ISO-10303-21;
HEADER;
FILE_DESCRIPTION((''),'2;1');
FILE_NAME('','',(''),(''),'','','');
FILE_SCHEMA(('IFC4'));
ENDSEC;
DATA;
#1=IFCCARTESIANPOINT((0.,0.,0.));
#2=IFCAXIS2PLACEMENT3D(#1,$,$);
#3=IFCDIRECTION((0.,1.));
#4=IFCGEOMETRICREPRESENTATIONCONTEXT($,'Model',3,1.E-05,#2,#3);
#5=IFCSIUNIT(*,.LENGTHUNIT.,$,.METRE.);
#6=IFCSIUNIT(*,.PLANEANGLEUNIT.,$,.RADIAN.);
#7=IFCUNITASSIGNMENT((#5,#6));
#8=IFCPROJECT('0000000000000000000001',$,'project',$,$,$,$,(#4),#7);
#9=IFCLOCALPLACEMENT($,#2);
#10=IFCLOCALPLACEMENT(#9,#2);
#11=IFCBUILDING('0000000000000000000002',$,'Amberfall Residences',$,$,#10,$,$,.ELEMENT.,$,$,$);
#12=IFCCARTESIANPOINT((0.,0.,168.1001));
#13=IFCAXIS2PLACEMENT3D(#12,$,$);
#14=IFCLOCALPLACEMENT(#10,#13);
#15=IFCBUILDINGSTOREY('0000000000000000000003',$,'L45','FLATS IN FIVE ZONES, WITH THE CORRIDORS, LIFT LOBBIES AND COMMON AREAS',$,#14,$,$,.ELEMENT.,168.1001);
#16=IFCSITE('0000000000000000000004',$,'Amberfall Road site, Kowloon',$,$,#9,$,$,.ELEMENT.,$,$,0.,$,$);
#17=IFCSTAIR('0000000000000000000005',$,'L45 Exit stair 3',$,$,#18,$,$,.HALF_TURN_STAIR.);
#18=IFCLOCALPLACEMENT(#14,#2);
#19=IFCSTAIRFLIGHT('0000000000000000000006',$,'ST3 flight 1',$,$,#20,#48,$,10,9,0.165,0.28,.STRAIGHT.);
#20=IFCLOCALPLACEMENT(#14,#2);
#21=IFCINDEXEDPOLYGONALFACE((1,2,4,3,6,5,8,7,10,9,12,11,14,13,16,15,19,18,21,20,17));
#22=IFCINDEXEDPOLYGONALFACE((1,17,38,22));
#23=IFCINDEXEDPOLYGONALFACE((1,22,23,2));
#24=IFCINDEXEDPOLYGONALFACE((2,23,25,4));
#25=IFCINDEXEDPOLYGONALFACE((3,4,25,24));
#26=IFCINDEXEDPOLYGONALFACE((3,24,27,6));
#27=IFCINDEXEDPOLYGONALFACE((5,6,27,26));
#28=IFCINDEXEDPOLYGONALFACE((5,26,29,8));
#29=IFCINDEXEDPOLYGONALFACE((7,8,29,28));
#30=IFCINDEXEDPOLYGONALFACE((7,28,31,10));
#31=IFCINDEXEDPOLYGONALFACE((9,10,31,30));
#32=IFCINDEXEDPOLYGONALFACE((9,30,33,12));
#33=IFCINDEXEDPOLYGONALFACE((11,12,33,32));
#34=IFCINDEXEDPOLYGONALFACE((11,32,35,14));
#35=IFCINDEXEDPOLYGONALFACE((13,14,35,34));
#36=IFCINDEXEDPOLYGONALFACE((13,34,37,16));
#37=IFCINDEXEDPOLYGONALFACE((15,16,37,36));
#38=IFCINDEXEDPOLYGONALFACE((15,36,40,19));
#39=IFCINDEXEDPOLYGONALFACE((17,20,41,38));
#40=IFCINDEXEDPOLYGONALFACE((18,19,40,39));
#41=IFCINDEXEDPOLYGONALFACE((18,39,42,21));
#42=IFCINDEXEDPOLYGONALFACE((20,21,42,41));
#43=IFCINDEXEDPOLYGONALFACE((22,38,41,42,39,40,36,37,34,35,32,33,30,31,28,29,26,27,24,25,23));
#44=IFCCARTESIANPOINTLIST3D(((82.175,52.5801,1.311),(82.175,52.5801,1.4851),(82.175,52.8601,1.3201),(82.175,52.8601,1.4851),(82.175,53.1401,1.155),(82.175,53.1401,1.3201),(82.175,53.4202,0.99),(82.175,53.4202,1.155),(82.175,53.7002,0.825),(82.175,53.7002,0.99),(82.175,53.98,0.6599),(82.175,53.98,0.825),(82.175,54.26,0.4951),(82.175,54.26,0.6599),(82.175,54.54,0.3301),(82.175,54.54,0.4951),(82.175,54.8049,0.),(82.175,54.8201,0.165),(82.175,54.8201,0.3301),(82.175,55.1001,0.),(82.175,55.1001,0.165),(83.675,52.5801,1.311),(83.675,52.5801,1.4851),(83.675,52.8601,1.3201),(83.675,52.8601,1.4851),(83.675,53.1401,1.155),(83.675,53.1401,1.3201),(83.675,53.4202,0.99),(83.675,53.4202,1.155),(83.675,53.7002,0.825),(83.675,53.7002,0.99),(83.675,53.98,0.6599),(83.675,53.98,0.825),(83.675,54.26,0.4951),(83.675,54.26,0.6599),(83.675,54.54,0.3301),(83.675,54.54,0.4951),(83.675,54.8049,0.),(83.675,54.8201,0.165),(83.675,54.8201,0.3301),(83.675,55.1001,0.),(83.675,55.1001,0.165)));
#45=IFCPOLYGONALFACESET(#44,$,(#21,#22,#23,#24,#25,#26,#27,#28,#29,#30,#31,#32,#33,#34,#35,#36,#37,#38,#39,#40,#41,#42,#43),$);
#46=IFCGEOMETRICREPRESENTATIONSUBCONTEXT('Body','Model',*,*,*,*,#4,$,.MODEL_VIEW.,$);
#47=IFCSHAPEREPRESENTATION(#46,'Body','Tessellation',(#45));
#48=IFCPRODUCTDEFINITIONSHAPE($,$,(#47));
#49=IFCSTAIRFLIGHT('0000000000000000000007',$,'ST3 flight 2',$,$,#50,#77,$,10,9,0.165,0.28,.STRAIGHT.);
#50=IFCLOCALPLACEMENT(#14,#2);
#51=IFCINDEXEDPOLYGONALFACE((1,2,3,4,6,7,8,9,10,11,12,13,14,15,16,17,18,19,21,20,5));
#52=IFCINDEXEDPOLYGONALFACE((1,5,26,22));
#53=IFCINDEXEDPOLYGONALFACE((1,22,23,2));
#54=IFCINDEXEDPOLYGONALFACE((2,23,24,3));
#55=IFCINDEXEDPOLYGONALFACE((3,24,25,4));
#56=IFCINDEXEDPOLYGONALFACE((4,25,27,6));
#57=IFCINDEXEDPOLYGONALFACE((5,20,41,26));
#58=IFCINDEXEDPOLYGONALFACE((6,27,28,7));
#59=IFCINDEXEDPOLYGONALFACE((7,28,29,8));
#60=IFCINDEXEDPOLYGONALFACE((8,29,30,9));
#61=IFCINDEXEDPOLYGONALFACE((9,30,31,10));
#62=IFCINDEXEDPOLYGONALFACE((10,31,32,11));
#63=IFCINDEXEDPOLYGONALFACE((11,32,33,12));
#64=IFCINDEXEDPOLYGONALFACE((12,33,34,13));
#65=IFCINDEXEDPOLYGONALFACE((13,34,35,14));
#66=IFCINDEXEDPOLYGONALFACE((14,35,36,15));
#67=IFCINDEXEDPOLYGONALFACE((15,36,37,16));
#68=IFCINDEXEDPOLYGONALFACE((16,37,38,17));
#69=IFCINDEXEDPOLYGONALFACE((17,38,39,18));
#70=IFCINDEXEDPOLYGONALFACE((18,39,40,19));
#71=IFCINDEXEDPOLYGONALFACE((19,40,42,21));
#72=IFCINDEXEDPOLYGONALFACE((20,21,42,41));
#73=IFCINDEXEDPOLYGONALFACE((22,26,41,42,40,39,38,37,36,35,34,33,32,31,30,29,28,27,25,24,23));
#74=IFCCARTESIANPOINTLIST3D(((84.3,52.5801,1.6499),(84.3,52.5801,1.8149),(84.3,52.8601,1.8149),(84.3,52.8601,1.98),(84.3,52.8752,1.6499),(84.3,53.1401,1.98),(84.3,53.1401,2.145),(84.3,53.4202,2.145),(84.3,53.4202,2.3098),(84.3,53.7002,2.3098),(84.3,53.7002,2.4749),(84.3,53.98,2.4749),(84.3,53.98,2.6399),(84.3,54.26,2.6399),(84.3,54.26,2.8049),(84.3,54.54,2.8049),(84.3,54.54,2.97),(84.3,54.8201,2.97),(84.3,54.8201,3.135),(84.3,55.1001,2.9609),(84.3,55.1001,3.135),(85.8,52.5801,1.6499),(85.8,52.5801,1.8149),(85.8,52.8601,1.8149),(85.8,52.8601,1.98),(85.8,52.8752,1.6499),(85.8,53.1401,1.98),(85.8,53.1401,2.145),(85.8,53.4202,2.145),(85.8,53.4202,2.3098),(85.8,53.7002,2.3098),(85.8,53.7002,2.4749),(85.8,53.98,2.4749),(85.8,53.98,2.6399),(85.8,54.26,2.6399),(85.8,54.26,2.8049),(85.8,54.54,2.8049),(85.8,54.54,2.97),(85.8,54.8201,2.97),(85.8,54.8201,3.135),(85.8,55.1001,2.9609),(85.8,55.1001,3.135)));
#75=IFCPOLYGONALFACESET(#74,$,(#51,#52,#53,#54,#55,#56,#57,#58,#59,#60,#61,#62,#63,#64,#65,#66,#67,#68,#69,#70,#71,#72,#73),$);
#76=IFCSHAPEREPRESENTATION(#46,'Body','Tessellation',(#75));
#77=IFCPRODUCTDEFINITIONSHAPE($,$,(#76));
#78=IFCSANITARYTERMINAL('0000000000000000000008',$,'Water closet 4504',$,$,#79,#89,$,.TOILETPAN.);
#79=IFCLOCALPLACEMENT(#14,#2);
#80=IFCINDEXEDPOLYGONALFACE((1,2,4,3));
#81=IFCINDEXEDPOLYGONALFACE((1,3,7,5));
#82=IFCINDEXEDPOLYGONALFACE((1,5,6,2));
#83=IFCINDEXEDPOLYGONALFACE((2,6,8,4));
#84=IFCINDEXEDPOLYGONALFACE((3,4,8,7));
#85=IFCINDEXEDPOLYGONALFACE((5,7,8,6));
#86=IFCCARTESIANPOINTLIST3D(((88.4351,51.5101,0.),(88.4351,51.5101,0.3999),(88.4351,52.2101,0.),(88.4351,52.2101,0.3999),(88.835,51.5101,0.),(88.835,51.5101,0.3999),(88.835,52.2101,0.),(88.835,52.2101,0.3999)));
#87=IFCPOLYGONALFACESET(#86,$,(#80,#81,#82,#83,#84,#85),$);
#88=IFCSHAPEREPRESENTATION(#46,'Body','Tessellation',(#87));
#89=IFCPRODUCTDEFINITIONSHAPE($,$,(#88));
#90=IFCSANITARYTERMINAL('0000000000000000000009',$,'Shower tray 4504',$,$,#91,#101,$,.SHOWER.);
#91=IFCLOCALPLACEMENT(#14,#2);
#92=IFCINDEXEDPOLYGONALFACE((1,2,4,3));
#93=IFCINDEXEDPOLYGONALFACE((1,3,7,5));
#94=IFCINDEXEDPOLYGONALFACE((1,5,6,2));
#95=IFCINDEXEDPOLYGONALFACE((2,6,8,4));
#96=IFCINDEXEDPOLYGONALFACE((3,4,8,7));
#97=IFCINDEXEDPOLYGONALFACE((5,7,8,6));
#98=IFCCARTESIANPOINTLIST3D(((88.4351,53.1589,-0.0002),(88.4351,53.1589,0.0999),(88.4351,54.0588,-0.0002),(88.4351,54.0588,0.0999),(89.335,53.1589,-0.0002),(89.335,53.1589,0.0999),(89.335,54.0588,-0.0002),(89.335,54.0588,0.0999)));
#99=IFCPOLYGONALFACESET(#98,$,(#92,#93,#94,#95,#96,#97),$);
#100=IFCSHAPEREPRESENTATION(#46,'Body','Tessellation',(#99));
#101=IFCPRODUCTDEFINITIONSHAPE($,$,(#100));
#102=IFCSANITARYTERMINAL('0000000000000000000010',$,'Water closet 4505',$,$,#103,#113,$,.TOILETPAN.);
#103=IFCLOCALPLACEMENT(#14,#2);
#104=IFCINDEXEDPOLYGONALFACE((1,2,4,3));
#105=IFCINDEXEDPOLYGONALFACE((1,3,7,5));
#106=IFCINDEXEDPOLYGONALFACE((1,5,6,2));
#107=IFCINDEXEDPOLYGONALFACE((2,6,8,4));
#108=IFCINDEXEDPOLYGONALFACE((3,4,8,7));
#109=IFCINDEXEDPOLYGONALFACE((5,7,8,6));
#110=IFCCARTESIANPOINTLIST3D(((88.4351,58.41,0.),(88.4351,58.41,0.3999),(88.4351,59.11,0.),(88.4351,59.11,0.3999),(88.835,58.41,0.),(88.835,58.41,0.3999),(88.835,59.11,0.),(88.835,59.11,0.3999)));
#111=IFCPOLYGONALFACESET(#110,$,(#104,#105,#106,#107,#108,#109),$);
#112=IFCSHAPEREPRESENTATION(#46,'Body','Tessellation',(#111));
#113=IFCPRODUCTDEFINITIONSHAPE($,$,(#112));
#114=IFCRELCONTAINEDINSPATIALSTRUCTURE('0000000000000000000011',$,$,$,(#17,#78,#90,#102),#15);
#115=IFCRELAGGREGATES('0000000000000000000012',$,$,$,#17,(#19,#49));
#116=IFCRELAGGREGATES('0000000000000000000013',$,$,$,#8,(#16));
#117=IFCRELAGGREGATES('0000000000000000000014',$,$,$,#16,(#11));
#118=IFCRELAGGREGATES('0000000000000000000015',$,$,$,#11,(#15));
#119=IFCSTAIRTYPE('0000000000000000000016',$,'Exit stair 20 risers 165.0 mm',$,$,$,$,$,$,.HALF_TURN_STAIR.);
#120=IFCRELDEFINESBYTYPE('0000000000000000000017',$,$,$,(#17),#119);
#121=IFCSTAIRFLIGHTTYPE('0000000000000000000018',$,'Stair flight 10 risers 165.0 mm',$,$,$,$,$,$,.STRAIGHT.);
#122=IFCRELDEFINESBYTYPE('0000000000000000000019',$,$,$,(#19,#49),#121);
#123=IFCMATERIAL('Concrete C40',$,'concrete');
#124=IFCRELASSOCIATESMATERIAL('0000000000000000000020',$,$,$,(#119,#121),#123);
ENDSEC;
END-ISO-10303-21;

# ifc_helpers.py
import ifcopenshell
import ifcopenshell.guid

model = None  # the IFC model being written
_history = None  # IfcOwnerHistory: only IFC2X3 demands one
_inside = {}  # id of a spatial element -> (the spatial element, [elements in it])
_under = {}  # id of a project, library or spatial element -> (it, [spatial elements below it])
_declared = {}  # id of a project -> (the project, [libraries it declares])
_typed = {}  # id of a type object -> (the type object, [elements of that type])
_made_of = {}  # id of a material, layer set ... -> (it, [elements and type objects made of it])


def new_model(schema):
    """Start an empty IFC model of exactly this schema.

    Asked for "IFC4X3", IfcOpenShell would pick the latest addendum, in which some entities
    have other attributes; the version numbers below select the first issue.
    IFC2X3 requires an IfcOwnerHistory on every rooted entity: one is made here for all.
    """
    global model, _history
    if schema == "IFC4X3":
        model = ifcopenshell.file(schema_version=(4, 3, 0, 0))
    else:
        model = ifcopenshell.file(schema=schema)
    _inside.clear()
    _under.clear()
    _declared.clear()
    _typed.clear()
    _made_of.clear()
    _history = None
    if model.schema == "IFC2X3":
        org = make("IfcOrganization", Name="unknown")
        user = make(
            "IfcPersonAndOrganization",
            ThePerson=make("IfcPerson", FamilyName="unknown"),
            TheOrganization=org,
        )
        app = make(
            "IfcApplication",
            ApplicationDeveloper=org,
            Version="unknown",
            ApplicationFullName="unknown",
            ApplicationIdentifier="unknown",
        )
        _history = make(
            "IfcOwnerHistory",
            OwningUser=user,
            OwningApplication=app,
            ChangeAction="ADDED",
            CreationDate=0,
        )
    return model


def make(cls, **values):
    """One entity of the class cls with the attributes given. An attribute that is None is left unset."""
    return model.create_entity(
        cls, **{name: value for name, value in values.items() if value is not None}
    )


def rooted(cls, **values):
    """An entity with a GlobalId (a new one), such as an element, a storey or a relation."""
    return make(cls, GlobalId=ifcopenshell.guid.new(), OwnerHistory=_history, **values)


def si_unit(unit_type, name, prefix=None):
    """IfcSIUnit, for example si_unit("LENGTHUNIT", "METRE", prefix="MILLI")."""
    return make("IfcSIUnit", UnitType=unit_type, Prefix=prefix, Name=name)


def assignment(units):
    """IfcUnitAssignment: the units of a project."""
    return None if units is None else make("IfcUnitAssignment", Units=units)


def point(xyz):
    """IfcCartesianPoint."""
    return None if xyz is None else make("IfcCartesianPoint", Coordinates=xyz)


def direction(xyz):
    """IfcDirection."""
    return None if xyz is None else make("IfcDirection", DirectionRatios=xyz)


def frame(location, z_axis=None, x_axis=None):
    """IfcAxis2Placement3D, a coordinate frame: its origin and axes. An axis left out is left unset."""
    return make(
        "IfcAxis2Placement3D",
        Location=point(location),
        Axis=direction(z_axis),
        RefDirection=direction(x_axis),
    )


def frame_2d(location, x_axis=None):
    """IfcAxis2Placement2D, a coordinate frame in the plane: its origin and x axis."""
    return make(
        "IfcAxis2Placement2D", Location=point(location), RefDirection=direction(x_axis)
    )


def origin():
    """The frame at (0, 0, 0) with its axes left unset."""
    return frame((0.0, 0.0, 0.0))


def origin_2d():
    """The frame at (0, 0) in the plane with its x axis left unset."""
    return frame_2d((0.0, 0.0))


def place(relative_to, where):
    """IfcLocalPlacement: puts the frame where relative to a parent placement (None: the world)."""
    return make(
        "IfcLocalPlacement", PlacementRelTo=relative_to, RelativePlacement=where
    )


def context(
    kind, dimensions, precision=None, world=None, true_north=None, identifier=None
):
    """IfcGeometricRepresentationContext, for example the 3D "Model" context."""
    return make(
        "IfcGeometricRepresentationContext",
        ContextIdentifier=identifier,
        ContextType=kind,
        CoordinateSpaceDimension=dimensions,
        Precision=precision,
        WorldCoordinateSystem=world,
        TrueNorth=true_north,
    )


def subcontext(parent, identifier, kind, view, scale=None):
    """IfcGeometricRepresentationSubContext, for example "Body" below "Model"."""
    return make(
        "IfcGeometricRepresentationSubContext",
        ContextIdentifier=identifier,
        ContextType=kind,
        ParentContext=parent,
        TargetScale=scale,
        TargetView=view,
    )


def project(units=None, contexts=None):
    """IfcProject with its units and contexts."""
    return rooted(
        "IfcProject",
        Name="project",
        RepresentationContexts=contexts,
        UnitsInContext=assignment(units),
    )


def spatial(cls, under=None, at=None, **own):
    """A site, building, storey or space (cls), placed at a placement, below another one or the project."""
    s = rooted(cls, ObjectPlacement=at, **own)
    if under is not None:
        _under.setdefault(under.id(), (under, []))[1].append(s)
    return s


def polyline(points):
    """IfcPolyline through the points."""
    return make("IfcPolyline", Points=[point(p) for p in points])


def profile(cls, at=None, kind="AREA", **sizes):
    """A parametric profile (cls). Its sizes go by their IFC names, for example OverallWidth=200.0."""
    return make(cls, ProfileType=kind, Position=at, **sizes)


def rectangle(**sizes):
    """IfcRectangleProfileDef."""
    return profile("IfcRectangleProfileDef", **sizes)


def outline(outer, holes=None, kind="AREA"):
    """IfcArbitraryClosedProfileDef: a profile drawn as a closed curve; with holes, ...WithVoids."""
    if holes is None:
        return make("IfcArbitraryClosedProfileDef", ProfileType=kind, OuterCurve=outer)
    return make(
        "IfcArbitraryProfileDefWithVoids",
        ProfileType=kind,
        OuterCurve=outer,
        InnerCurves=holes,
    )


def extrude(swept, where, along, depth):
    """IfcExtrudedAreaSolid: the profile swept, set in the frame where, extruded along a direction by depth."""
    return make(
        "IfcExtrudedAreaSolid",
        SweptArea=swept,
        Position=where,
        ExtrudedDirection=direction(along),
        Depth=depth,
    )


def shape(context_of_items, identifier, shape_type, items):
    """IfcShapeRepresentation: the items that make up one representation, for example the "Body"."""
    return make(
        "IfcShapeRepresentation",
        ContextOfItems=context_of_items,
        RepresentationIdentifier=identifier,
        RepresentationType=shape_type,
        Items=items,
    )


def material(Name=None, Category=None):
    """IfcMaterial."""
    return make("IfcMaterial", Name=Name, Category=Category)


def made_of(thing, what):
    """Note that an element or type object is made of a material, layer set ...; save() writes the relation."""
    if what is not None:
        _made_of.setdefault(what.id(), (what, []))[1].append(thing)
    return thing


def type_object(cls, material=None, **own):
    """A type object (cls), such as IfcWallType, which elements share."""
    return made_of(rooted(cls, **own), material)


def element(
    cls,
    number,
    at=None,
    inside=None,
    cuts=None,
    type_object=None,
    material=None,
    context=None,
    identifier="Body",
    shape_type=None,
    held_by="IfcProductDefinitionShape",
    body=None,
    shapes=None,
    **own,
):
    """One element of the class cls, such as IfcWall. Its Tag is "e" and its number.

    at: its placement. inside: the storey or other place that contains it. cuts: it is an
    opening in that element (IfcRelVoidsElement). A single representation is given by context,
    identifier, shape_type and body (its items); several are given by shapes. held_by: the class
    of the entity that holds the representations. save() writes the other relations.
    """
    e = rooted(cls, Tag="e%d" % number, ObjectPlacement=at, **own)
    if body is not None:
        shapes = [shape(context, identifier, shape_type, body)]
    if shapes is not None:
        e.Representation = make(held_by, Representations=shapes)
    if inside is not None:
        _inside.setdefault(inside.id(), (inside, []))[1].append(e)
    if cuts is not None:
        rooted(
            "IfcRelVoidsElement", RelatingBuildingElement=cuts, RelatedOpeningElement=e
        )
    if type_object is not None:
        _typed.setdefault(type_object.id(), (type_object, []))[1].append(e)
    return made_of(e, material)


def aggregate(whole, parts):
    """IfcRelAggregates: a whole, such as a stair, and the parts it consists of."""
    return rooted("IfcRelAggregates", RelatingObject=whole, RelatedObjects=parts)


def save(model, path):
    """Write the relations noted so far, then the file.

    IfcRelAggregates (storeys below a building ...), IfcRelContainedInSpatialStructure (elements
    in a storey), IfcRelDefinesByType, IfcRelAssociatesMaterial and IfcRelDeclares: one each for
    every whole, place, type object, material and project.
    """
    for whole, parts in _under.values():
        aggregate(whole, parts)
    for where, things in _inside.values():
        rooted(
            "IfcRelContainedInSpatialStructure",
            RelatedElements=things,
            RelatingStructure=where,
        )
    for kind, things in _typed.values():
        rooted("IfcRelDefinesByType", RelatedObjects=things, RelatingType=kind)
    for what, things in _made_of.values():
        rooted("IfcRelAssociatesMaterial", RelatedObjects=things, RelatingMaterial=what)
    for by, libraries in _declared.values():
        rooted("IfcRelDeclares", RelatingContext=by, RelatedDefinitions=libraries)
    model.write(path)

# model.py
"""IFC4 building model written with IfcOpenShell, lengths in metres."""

from ifc_helpers import new_model, si_unit, direction, frame, origin, origin_2d, place, context, subcontext, project, spatial, polyline, rectangle, outline, extrude, material, type_object, element, aggregate, save


model = new_model("IFC4")

# Units and contexts
model_context = context("Model", 3, precision=1e-05, world=origin(), true_north=direction((0.0, 1.0)))
body_context = subcontext(model_context, "Body", "Model", "MODEL_VIEW")
ifc_project = project(units=[si_unit("LENGTHUNIT", "METRE"), si_unit("PLANEANGLEUNIT", "RADIAN")], contexts=[model_context])

# Site, building, storey
site_placement = place(None, origin())
site = spatial("IfcSite", under=ifc_project, at=site_placement, Name="Amberfall Road site, Kowloon", CompositionType="ELEMENT", RefElevation=0.0)
building_placement = place(site_placement, origin())
building = spatial("IfcBuilding", under=site, at=building_placement, Name="Amberfall Residences", CompositionType="ELEMENT")
storey_placement = place(building_placement, frame((0.0, 0.0, 168.1001)))
storey = spatial("IfcBuildingStorey", under=building, at=storey_placement, Name="L45", Description="FLATS IN FIVE ZONES, WITH THE CORRIDORS, LIFT LOBBIES AND COMMON AREAS", CompositionType="ELEMENT", Elevation=168.1001)

# Stair, stair flights
ifc_material_1 = material(Name="Concrete C40", Category="concrete")
stair_type = type_object("IfcStairType", Name="Exit stair 20 risers 165.0 mm", PredefinedType="HALF_TURN_STAIR", material=ifc_material_1)
stair_placement = place(storey_placement, origin())
stair = element("IfcStair", 1, at=stair_placement, inside=storey, type_object=stair_type, Name="L45 Exit stair 3", PredefinedType="HALF_TURN_STAIR")
stair_flight_type = type_object("IfcStairFlightType", Name="Stair flight 10 risers 165.0 mm", PredefinedType="STRAIGHT", material=ifc_material_1)
stair_flight_1_placement = place(storey_placement, frame((82.925, 55.1001, 0.0), z_axis=(0.0, 0.0, 1.0), x_axis=(0.0, -1.0, 0.0)))
stair_flight_1 = element("IfcStairFlight", 2, at=stair_flight_1_placement, type_object=stair_flight_type, Name="ST3 flight 1", NumberOfRisers=10, NumberOfTreads=9, PredefinedType="STRAIGHT", RiserHeight=0.165, TreadLength=0.28, context=body_context, shape_type="SweptSolid", body=[
    extrude(outline(polyline([(0.0, 0.0), (0.0, 0.165), (0.28, 0.165), (0.28, 0.3301), (0.5601, 0.3301), (0.5601, 0.4951), (0.8401, 0.4951), (0.8401, 0.6599), (1.1201, 0.6599), (1.1201, 0.825), (1.3999, 0.825), (1.3999, 0.99), (1.6799, 0.99), (1.6799, 1.155), (1.96, 1.155), (1.96, 1.3201), (2.24, 1.3201), (2.24, 1.4851), (2.52, 1.4851), (2.52, 1.6499), (2.52, 1.311), (0.2952, 0.0), (0.0, 0.0)])), frame((0.0, 0.75, 0.0), z_axis=(0.0, -1.0, 0.0), x_axis=(1.0, 0.0, 0.0)), (0.0, 0.0, 1.0), 1.5),
])
stair_flight_2_placement = place(storey_placement, frame((85.05, 52.5801, 1.6499), z_axis=(0.0, 0.0, 1.0), x_axis=(0.0, 1.0, 0.0)))
stair_flight_2 = element("IfcStairFlight", 3, at=stair_flight_2_placement, type_object=stair_flight_type, Name="ST3 flight 2", NumberOfRisers=10, NumberOfTreads=9, PredefinedType="STRAIGHT", RiserHeight=0.165, TreadLength=0.28, context=body_context, shape_type="SweptSolid", body=[
    extrude(outline(polyline([(0.0, 0.0), (0.0, 0.165), (0.28, 0.165), (0.28, 0.3301), (0.5601, 0.3301), (0.5601, 0.4951), (0.8401, 0.4951), (0.8401, 0.6599), (1.1201, 0.6599), (1.1201, 0.825), (1.3999, 0.825), (1.3999, 0.99), (1.6799, 0.99), (1.6799, 1.155), (1.96, 1.155), (1.96, 1.3201), (2.24, 1.3201), (2.24, 1.4851), (2.52, 1.4851), (2.52, 1.6499), (2.52, 1.311), (0.2952, 0.0), (0.0, 0.0)])), frame((0.0, 0.75, 0.0), z_axis=(0.0, -1.0, 0.0), x_axis=(1.0, 0.0, 0.0)), (0.0, 0.0, 1.0), 1.5),
])
aggregate(stair, [stair_flight_1, stair_flight_2])

# Sanitary terminals
sanitary_terminal_1_placement = place(storey_placement, frame((88.635, 51.8601, 0.0), z_axis=(0.0, 0.0, 1.0), x_axis=(1.0, 0.0, 0.0)))
element("IfcSanitaryTerminal", 4, at=sanitary_terminal_1_placement, inside=storey, Name="Water closet 4504", PredefinedType="TOILETPAN", context=body_context, shape_type="SweptSolid", body=[
    extrude(rectangle(XDim=0.3999, YDim=0.7, at=origin_2d()), origin(), (0.0, 0.0, 1.0), 0.3999),
])
sanitary_terminal_2_placement = place(storey_placement, frame((88.885, 53.6089, -0.0002), z_axis=(0.0, 0.0, 1.0), x_axis=(1.0, 0.0, 0.0)))
element("IfcSanitaryTerminal", 5, at=sanitary_terminal_2_placement, inside=storey, Name="Shower tray 4504", PredefinedType="SHOWER", context=body_context, shape_type="SweptSolid", body=[
    extrude(rectangle(XDim=0.8999, YDim=0.8999, at=origin_2d()), origin(), (0.0, 0.0, 1.0), 0.1001),
])
sanitary_terminal_3_placement = place(storey_placement, frame((88.635, 58.76, 0.0), z_axis=(0.0, 0.0, 1.0), x_axis=(1.0, 0.0, 0.0)))
element("IfcSanitaryTerminal", 6, at=sanitary_terminal_3_placement, inside=storey, Name="Water closet 4505", PredefinedType="TOILETPAN", context=body_context, shape_type="SweptSolid", body=[
    extrude(rectangle(XDim=0.3999, YDim=0.7, at=origin_2d()), origin(), (0.0, 0.0, 1.0), 0.3999),
])

save(model, "model.ifc")
